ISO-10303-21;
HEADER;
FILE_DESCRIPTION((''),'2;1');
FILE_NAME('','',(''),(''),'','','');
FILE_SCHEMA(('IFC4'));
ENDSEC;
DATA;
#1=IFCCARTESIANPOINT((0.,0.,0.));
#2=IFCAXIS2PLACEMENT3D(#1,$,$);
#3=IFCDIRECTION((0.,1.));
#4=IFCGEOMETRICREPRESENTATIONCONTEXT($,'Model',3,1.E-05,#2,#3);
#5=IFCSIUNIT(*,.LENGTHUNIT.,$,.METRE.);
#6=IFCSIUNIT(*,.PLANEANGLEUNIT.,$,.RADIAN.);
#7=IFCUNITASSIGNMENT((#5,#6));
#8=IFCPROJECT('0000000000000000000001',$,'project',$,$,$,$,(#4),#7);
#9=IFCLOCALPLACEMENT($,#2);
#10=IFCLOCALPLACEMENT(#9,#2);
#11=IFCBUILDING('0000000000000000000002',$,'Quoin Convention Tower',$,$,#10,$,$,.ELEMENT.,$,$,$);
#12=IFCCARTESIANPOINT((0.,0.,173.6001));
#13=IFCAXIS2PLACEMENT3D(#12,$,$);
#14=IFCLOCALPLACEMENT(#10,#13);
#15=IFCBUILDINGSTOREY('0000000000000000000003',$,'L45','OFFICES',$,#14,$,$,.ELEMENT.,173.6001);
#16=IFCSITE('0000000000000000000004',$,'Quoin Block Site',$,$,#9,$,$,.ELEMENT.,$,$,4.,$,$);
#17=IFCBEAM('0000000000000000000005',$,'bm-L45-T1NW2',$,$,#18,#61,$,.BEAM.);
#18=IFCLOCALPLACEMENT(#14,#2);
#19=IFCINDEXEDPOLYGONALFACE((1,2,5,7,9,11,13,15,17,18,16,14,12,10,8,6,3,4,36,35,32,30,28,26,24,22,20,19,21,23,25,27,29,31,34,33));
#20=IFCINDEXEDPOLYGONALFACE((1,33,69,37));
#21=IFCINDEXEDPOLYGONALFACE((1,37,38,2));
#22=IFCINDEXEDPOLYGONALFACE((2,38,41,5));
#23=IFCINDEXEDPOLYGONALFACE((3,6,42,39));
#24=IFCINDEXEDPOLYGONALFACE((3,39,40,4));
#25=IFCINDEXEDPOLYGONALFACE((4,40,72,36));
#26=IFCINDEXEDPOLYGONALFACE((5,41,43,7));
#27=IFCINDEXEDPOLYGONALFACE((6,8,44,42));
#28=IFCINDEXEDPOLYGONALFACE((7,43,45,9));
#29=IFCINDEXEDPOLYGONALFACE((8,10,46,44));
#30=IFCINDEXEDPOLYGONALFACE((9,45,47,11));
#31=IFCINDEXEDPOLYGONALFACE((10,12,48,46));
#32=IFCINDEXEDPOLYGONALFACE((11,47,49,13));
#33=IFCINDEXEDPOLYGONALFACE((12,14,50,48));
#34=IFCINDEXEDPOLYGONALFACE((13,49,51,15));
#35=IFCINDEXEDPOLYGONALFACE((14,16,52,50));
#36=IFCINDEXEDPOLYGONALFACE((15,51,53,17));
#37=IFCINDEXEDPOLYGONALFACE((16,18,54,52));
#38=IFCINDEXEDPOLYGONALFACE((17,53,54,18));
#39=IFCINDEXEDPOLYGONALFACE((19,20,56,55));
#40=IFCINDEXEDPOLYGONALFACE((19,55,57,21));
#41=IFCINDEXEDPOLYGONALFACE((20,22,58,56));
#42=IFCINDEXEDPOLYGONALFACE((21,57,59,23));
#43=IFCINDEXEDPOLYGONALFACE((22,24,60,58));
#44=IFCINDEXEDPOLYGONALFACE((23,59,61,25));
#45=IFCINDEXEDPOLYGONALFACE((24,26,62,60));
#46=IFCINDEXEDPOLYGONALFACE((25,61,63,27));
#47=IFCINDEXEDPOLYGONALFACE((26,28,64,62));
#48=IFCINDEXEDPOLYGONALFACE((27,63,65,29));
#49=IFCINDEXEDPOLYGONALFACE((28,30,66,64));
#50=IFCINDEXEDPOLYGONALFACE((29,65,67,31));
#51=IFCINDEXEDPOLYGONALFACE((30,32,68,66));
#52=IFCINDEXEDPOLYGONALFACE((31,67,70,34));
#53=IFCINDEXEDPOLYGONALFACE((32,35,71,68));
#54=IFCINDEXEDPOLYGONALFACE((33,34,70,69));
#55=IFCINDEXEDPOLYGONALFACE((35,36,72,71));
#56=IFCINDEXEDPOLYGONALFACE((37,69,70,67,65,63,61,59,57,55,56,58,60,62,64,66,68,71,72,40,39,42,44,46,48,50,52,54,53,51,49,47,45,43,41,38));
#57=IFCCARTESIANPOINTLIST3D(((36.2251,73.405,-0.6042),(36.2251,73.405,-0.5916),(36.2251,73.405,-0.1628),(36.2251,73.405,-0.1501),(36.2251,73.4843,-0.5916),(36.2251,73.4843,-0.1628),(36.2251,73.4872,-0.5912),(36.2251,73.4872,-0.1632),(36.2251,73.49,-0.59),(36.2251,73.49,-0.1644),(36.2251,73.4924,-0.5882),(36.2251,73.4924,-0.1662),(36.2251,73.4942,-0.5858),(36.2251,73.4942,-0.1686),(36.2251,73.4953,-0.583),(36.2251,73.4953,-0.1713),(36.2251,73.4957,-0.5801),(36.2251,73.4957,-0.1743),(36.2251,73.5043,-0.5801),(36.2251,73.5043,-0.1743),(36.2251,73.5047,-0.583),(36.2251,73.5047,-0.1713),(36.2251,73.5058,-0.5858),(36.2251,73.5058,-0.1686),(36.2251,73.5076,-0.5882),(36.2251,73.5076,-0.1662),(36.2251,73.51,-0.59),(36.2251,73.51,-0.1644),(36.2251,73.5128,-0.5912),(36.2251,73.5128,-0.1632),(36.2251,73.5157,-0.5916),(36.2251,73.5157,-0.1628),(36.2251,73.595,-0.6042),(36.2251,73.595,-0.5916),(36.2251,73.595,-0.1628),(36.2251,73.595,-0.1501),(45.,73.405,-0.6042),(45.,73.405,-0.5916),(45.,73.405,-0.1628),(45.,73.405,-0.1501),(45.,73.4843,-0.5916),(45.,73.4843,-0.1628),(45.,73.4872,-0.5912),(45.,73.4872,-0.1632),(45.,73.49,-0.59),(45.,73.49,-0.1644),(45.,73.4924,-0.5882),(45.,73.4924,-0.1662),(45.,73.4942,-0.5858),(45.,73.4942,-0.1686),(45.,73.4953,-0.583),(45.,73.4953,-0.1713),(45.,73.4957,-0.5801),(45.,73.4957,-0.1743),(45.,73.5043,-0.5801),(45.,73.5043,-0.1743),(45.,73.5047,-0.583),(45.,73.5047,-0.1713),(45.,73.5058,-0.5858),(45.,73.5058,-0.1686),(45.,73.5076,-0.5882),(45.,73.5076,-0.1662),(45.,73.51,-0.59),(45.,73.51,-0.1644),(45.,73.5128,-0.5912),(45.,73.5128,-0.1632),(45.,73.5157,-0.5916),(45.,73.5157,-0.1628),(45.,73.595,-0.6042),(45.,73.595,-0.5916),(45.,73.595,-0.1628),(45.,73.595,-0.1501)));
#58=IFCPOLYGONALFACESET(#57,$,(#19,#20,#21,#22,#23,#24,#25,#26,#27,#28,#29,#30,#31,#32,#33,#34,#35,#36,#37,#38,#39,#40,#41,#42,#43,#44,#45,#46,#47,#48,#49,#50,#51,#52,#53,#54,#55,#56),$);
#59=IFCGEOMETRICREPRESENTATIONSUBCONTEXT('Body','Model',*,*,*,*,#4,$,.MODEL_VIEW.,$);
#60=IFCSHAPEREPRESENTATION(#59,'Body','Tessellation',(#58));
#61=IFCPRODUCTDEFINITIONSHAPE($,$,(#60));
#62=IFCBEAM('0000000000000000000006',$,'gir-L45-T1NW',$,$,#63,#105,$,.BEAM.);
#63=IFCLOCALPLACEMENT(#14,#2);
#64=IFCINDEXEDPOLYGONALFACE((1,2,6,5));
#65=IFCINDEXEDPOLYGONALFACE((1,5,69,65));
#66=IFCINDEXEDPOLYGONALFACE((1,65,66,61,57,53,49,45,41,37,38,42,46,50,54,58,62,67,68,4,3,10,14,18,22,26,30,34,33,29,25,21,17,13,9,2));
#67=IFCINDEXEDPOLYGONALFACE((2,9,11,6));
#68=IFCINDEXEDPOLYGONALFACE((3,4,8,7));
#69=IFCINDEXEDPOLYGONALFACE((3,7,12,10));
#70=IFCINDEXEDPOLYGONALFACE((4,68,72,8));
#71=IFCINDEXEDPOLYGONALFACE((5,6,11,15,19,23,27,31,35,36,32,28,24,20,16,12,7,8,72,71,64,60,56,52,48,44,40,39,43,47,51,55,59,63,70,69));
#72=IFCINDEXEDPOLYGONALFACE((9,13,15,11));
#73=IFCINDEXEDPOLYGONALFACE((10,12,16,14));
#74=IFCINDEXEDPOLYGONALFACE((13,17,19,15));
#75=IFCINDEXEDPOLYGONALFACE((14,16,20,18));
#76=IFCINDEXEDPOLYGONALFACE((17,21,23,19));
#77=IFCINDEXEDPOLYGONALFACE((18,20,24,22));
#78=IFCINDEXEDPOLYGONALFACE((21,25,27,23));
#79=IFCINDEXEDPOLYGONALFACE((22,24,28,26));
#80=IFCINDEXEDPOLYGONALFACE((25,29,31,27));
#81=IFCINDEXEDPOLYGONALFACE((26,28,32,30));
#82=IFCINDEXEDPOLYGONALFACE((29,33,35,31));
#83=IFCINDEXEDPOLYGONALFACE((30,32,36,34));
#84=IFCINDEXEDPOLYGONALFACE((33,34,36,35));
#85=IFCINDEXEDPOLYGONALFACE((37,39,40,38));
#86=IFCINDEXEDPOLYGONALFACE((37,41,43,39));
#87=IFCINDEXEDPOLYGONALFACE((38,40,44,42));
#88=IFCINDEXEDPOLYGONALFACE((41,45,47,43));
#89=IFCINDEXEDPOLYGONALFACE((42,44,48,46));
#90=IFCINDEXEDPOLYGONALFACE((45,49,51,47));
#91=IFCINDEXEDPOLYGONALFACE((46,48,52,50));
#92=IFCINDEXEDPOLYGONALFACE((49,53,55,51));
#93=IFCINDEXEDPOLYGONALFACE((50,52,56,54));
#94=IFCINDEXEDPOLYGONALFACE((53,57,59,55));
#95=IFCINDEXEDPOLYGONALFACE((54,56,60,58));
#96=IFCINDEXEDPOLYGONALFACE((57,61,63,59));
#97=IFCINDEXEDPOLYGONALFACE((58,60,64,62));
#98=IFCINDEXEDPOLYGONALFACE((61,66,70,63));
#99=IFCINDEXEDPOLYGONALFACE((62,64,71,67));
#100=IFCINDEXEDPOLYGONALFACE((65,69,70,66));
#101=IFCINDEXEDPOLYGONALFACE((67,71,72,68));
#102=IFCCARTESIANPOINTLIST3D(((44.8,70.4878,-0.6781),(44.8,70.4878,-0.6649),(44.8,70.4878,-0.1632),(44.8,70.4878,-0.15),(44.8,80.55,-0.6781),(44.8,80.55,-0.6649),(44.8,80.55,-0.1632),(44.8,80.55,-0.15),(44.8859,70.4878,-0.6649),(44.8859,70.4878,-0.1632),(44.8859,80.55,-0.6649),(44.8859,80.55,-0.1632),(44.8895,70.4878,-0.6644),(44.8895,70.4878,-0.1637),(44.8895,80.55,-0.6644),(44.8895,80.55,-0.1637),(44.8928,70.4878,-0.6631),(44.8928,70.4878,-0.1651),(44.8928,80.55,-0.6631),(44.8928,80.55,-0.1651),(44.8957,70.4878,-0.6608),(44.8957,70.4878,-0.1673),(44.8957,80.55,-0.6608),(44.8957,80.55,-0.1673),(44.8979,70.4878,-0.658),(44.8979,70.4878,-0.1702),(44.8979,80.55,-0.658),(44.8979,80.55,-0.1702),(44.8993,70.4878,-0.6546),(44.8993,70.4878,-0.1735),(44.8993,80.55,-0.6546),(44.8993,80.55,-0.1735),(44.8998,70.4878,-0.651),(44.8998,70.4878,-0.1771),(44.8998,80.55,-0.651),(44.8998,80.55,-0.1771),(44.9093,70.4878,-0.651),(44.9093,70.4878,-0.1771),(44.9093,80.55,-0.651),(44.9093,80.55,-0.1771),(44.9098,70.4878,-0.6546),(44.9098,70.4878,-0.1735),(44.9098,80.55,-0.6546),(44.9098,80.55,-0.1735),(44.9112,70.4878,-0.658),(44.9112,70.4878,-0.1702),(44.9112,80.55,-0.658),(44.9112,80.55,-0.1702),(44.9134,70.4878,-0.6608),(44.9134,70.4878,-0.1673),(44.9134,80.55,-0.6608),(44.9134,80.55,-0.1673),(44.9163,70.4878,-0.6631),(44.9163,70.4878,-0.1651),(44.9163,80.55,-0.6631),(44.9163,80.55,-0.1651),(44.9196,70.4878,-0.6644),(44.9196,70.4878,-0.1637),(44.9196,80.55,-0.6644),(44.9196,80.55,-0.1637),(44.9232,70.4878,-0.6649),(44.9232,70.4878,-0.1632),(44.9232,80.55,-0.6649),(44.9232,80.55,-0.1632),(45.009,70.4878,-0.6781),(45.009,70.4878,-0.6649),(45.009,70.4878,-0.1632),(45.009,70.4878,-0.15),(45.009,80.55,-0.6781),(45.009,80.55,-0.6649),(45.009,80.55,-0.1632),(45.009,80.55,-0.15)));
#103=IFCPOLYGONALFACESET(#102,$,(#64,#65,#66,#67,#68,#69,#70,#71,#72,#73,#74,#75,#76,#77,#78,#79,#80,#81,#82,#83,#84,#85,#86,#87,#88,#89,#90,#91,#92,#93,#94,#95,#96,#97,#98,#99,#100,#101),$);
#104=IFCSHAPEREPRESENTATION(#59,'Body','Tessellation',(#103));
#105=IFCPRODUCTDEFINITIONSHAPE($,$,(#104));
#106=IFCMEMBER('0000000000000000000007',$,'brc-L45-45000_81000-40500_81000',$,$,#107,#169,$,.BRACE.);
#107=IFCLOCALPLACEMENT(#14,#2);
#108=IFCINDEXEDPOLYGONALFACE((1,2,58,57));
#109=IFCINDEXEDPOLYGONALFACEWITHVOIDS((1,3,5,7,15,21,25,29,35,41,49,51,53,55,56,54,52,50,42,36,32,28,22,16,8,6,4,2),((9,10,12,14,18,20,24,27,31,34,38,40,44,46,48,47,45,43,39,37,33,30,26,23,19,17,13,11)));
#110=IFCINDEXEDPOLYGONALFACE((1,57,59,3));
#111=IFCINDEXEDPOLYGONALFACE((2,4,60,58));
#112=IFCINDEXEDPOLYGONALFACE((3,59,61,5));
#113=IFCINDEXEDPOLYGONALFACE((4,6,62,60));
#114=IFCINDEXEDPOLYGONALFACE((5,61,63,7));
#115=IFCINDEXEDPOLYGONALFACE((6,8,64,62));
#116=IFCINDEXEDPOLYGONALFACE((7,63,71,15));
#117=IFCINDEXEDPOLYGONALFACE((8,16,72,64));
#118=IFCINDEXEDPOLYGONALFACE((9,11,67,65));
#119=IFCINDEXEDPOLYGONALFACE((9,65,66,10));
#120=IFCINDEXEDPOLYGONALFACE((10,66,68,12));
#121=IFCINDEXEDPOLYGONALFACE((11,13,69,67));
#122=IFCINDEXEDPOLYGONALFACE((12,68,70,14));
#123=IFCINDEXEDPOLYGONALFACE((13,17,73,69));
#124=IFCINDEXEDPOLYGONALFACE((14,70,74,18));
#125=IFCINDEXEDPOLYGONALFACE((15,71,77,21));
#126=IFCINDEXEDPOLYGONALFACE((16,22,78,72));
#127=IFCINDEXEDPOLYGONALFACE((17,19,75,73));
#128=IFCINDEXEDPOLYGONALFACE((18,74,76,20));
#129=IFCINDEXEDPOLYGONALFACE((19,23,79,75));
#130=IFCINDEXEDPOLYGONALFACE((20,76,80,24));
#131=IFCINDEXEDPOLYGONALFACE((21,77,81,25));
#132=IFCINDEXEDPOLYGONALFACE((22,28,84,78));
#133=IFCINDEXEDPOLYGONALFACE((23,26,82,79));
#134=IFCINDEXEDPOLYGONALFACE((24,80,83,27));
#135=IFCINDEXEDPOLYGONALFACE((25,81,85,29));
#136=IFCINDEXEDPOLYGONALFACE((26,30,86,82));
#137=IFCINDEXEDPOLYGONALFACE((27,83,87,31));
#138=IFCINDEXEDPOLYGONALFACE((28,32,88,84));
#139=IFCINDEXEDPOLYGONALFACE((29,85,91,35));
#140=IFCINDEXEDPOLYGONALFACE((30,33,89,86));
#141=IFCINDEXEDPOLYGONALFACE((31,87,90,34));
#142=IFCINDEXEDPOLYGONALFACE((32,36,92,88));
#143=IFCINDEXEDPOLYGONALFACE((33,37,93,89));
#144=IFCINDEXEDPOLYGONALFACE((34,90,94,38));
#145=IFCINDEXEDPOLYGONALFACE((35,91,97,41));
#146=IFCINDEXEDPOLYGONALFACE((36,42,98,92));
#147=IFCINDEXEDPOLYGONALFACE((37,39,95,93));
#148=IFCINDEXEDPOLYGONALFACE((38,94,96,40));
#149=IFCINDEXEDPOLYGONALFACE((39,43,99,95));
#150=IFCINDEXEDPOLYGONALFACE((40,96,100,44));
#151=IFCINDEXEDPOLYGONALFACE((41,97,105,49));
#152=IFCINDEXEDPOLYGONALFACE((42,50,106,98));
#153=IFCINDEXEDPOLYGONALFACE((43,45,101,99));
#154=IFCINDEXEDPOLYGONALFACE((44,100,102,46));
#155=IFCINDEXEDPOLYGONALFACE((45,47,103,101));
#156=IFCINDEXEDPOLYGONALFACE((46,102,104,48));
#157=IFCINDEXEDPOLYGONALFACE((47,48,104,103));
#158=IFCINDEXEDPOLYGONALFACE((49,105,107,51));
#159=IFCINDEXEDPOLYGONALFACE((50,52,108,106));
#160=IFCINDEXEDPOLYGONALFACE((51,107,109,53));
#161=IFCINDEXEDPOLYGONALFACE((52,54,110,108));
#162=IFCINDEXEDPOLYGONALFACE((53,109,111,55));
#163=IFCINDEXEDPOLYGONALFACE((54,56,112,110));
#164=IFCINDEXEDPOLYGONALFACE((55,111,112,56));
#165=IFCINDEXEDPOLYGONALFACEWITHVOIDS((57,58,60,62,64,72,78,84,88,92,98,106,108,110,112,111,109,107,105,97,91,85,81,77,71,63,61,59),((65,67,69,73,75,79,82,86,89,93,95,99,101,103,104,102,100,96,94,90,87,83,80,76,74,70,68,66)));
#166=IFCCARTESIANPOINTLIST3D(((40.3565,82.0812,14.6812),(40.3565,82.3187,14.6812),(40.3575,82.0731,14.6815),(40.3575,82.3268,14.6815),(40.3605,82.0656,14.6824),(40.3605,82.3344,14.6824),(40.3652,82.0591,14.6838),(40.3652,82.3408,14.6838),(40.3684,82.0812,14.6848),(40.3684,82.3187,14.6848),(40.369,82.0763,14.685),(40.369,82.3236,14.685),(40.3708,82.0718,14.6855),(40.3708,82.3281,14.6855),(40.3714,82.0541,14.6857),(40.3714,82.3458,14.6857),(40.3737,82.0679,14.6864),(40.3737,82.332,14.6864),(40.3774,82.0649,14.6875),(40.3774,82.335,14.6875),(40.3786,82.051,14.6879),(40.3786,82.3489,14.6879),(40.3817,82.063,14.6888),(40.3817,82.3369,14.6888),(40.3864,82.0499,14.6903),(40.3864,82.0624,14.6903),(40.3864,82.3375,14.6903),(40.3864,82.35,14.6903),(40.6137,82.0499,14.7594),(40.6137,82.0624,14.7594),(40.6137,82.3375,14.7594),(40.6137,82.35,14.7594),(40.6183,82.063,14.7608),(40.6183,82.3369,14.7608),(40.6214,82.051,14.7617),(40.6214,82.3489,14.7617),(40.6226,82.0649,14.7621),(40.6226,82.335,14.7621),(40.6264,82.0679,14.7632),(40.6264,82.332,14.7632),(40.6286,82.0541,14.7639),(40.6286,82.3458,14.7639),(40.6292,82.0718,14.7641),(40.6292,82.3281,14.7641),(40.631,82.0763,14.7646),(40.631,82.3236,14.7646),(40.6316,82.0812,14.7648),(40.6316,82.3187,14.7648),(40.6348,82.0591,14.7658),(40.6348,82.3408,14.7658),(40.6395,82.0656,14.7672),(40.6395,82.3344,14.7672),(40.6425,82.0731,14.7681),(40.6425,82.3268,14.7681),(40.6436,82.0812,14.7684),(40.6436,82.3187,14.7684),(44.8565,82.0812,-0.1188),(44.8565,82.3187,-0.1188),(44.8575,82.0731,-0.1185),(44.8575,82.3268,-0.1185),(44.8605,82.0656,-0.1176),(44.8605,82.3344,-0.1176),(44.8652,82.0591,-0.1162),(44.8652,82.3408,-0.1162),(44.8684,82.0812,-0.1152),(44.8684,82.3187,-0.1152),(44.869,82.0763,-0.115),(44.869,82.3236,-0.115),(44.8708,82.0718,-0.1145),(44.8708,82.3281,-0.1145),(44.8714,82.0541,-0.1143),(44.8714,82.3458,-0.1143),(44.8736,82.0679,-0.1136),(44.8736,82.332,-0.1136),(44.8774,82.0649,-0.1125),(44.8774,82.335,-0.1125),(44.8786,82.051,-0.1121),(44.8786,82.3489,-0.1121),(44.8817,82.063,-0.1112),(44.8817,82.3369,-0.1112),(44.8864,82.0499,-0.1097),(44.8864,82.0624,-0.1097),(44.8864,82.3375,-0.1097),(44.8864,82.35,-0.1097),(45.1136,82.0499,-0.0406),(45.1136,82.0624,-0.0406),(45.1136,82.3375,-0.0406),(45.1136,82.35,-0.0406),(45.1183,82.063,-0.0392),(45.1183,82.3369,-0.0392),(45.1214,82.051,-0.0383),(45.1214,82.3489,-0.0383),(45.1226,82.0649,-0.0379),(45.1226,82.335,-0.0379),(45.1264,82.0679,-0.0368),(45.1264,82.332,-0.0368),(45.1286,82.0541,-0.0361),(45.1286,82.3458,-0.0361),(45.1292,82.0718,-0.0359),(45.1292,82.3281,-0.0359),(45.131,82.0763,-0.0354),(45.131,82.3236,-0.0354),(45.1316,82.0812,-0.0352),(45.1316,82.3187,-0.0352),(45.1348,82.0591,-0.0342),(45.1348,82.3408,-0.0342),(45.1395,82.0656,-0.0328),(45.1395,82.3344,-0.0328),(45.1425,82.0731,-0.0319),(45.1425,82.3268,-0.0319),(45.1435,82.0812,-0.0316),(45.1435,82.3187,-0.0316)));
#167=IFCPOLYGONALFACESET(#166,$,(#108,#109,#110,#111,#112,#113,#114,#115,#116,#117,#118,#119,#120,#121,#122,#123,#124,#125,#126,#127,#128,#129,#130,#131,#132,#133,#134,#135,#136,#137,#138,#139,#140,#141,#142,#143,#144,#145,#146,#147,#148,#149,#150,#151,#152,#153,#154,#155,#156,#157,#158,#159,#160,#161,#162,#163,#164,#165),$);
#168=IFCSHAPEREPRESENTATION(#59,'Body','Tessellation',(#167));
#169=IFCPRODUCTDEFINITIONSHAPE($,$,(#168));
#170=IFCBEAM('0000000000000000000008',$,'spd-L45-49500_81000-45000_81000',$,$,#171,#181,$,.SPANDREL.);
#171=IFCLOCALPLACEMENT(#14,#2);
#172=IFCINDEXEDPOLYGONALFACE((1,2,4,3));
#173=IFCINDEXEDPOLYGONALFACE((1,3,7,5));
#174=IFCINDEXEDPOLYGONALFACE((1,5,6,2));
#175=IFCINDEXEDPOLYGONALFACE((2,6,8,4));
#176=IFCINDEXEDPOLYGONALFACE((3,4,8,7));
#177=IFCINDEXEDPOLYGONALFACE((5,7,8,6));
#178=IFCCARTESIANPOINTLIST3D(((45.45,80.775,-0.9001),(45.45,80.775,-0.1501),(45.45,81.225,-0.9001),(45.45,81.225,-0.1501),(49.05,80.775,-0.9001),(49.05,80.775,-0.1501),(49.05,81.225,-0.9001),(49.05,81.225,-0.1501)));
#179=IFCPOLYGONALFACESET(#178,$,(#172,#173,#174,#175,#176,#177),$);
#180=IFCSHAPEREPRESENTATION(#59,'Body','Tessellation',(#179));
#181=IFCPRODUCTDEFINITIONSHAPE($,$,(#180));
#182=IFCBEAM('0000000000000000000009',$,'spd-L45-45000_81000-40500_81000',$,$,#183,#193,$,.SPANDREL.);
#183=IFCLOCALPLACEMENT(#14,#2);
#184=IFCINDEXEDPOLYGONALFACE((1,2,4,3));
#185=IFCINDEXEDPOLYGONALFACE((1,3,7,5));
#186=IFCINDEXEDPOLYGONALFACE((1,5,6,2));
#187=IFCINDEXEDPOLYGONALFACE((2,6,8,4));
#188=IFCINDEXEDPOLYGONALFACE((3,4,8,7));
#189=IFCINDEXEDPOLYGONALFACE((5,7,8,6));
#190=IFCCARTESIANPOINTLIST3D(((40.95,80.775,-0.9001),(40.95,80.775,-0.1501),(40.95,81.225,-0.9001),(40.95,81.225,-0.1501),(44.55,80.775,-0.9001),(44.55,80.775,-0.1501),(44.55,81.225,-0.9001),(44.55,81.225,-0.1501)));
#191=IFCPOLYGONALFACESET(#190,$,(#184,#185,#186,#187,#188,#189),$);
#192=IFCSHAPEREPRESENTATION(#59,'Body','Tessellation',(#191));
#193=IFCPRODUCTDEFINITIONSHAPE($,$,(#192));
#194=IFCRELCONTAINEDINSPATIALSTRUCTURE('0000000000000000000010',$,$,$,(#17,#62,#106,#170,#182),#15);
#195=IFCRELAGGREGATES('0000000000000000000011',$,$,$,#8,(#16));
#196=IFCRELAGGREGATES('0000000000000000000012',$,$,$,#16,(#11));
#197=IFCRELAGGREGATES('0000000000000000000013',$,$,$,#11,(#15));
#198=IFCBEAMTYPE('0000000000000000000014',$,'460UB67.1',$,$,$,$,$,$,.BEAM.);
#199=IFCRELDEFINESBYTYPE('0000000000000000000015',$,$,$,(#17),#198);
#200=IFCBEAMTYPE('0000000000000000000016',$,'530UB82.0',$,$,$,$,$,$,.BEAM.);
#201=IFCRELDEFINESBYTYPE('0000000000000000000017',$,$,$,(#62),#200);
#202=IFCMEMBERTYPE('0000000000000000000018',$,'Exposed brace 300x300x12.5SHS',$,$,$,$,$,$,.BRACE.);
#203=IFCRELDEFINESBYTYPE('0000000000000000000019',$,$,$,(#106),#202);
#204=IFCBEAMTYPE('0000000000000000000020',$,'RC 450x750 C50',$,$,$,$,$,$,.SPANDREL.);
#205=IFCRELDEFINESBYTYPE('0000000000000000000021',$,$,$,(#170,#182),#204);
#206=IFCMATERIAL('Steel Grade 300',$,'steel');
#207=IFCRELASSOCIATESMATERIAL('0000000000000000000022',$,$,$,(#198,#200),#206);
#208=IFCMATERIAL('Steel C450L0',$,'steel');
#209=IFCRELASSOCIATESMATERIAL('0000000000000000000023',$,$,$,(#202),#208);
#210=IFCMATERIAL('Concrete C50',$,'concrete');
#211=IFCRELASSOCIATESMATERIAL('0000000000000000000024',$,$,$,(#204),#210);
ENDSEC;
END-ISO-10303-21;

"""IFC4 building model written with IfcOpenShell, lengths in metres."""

from ifc_helpers import new_model, si_unit, direction, frame, origin, origin_2d, place, context, subcontext, project, spatial, rectangle, hollow_rectangle, i_section, extrude, material, material_profile, profile_set, type_object, element, save


model = new_model("IFC4")

# Units and contexts
model_context = context("Model", 3, precision=1e-05, world=origin(), true_north=direction((0.0, 1.0)))
body_context = subcontext(model_context, "Body", "Model", "MODEL_VIEW")
ifc_project = project(units=[si_unit("LENGTHUNIT", "METRE"), si_unit("PLANEANGLEUNIT", "RADIAN")], contexts=[model_context])

# Site, building, storey
site_placement = place(None, origin())
site = spatial("IfcSite", under=ifc_project, at=site_placement, Name="Quoin Block Site", CompositionType="ELEMENT", RefElevation=4.0)
building_placement = place(site_placement, origin())
building = spatial("IfcBuilding", under=site, at=building_placement, Name="Quoin Convention Tower", CompositionType="ELEMENT")
storey_placement = place(building_placement, frame((0.0, 0.0, 173.6001)))
storey = spatial("IfcBuildingStorey", under=building, at=storey_placement, Name="L45", Description="OFFICES", CompositionType="ELEMENT", Elevation=173.6001)

# Shared definitions
ifc_material_1 = material(Name="Concrete C50", Category="concrete")

# Beams
ifc_material_2 = material(Name="Steel Grade 300", Category="steel")
ifc_material_profile_1 = material_profile(ifc_material_2, i_section(OverallWidth=0.1899, OverallDepth=0.4541, WebThickness=0.0085, FlangeThickness=0.0127, FilletRadius=0.0115, at=origin_2d()), Name="460UB67.1")
ifc_profile_set_1 = profile_set([ifc_material_profile_1], Name="Steel Grade 300")
beam_type_1 = type_object("IfcBeamType", Name="460UB67.1", PredefinedType="BEAM", material=ifc_profile_set_1)
beam_1_placement = place(storey_placement, frame((36.2251, 73.5, -0.3772), z_axis=(1.0, 0.0, 0.0), x_axis=(0.0, 1.0, 0.0)))
element("IfcBeam", 1, at=beam_1_placement, inside=storey, type_object=beam_type_1, Name="bm-L45-T1NW2", PredefinedType="BEAM", context=body_context, shape_type="SweptSolid", body=[
    extrude(i_section(OverallWidth=0.1899, OverallDepth=0.4541, WebThickness=0.0085, FlangeThickness=0.0127, FilletRadius=0.0115, at=origin_2d()), origin(), (0.0, 0.0, 1.0), 8.7749),
])
ifc_material_profile_2 = material_profile(ifc_material_2, i_section(OverallWidth=0.209, OverallDepth=0.5281, WebThickness=0.0095, FlangeThickness=0.0132, FilletRadius=0.0139, at=origin_2d()), Name="530UB82.0")
ifc_profile_set_2 = profile_set([ifc_material_profile_2], Name="Steel Grade 300")
beam_type_2 = type_object("IfcBeamType", Name="530UB82.0", PredefinedType="BEAM", material=ifc_profile_set_2)
beam_2_placement = place(storey_placement, frame((44.9045, 80.55, -0.4141), z_axis=(0.0, -1.0, 0.0), x_axis=(1.0, 0.0, 0.0)))
element("IfcBeam", 2, at=beam_2_placement, inside=storey, type_object=beam_type_2, Name="gir-L45-T1NW", PredefinedType="BEAM", context=body_context, shape_type="SweptSolid", body=[
    extrude(i_section(OverallWidth=0.209, OverallDepth=0.5281, WebThickness=0.0095, FlangeThickness=0.0132, FilletRadius=0.0139, at=origin_2d()), origin(), (0.0, 0.0, 1.0), 10.0623),
])

# Member
ifc_material_3 = material(Name="Steel C450L0", Category="steel")
ifc_material_profile_3 = material_profile(ifc_material_3, hollow_rectangle(XDim=0.3, YDim=0.3, WallThickness=0.0125, InnerFilletRadius=0.0188, OuterFilletRadius=0.0312, at=origin_2d()), Name="300x300x12.5SHS")
ifc_profile_set_3 = profile_set([ifc_material_profile_3], Name="Steel C450L0")
member_type = type_object("IfcMemberType", Name="Exposed brace 300x300x12.5SHS", PredefinedType="BRACE", material=ifc_profile_set_3)
member_placement = place(storey_placement, frame((45.0, 82.2, -0.0752), z_axis=(-0.290903, 0.0, 0.956752), x_axis=(0.0, -1.0, 0.0)))
element("IfcMember", 3, at=member_placement, inside=storey, type_object=member_type, Name="brc-L45-45000_81000-40500_81000", PredefinedType="BRACE", context=body_context, shape_type="SweptSolid", body=[
    extrude(hollow_rectangle(XDim=0.3, YDim=0.3, WallThickness=0.0125, InnerFilletRadius=0.0188, OuterFilletRadius=0.0312, at=origin_2d()), origin(), (0.0, 0.0, 1.0), 15.469),
])

# Beams
ifc_material_profile_4 = material_profile(ifc_material_1, rectangle(XDim=0.45, YDim=0.75, at=origin_2d()), Name="RC 450x750")
ifc_profile_set_4 = profile_set([ifc_material_profile_4], Name="Concrete C50")
beam_type_3 = type_object("IfcBeamType", Name="RC 450x750 C50", PredefinedType="SPANDREL", material=ifc_profile_set_4)
for number, where, z_axis, x_axis, name in (
    (4, (49.05, 81.0, -0.5251), (-1.0, 0.0, 0.0), (0.0, -1.0, 0.0), "spd-L45-49500_81000-45000_81000"),
    (5, (44.55, 81.0, -0.5251), (-1.0, 0.0, 0.0), (0.0, -1.0, 0.0), "spd-L45-45000_81000-40500_81000"),
):
    element("IfcBeam", number, at=place(storey_placement, frame(where, z_axis=z_axis, x_axis=x_axis)), inside=storey, type_object=beam_type_3, Name=name, PredefinedType="SPANDREL", context=body_context, shape_type="SweptSolid", body=[
        extrude(rectangle(XDim=0.45, YDim=0.75, at=origin_2d()), origin(), (0.0, 0.0, 1.0), 3.6001),
    ])

save(model, "model.ifc")
